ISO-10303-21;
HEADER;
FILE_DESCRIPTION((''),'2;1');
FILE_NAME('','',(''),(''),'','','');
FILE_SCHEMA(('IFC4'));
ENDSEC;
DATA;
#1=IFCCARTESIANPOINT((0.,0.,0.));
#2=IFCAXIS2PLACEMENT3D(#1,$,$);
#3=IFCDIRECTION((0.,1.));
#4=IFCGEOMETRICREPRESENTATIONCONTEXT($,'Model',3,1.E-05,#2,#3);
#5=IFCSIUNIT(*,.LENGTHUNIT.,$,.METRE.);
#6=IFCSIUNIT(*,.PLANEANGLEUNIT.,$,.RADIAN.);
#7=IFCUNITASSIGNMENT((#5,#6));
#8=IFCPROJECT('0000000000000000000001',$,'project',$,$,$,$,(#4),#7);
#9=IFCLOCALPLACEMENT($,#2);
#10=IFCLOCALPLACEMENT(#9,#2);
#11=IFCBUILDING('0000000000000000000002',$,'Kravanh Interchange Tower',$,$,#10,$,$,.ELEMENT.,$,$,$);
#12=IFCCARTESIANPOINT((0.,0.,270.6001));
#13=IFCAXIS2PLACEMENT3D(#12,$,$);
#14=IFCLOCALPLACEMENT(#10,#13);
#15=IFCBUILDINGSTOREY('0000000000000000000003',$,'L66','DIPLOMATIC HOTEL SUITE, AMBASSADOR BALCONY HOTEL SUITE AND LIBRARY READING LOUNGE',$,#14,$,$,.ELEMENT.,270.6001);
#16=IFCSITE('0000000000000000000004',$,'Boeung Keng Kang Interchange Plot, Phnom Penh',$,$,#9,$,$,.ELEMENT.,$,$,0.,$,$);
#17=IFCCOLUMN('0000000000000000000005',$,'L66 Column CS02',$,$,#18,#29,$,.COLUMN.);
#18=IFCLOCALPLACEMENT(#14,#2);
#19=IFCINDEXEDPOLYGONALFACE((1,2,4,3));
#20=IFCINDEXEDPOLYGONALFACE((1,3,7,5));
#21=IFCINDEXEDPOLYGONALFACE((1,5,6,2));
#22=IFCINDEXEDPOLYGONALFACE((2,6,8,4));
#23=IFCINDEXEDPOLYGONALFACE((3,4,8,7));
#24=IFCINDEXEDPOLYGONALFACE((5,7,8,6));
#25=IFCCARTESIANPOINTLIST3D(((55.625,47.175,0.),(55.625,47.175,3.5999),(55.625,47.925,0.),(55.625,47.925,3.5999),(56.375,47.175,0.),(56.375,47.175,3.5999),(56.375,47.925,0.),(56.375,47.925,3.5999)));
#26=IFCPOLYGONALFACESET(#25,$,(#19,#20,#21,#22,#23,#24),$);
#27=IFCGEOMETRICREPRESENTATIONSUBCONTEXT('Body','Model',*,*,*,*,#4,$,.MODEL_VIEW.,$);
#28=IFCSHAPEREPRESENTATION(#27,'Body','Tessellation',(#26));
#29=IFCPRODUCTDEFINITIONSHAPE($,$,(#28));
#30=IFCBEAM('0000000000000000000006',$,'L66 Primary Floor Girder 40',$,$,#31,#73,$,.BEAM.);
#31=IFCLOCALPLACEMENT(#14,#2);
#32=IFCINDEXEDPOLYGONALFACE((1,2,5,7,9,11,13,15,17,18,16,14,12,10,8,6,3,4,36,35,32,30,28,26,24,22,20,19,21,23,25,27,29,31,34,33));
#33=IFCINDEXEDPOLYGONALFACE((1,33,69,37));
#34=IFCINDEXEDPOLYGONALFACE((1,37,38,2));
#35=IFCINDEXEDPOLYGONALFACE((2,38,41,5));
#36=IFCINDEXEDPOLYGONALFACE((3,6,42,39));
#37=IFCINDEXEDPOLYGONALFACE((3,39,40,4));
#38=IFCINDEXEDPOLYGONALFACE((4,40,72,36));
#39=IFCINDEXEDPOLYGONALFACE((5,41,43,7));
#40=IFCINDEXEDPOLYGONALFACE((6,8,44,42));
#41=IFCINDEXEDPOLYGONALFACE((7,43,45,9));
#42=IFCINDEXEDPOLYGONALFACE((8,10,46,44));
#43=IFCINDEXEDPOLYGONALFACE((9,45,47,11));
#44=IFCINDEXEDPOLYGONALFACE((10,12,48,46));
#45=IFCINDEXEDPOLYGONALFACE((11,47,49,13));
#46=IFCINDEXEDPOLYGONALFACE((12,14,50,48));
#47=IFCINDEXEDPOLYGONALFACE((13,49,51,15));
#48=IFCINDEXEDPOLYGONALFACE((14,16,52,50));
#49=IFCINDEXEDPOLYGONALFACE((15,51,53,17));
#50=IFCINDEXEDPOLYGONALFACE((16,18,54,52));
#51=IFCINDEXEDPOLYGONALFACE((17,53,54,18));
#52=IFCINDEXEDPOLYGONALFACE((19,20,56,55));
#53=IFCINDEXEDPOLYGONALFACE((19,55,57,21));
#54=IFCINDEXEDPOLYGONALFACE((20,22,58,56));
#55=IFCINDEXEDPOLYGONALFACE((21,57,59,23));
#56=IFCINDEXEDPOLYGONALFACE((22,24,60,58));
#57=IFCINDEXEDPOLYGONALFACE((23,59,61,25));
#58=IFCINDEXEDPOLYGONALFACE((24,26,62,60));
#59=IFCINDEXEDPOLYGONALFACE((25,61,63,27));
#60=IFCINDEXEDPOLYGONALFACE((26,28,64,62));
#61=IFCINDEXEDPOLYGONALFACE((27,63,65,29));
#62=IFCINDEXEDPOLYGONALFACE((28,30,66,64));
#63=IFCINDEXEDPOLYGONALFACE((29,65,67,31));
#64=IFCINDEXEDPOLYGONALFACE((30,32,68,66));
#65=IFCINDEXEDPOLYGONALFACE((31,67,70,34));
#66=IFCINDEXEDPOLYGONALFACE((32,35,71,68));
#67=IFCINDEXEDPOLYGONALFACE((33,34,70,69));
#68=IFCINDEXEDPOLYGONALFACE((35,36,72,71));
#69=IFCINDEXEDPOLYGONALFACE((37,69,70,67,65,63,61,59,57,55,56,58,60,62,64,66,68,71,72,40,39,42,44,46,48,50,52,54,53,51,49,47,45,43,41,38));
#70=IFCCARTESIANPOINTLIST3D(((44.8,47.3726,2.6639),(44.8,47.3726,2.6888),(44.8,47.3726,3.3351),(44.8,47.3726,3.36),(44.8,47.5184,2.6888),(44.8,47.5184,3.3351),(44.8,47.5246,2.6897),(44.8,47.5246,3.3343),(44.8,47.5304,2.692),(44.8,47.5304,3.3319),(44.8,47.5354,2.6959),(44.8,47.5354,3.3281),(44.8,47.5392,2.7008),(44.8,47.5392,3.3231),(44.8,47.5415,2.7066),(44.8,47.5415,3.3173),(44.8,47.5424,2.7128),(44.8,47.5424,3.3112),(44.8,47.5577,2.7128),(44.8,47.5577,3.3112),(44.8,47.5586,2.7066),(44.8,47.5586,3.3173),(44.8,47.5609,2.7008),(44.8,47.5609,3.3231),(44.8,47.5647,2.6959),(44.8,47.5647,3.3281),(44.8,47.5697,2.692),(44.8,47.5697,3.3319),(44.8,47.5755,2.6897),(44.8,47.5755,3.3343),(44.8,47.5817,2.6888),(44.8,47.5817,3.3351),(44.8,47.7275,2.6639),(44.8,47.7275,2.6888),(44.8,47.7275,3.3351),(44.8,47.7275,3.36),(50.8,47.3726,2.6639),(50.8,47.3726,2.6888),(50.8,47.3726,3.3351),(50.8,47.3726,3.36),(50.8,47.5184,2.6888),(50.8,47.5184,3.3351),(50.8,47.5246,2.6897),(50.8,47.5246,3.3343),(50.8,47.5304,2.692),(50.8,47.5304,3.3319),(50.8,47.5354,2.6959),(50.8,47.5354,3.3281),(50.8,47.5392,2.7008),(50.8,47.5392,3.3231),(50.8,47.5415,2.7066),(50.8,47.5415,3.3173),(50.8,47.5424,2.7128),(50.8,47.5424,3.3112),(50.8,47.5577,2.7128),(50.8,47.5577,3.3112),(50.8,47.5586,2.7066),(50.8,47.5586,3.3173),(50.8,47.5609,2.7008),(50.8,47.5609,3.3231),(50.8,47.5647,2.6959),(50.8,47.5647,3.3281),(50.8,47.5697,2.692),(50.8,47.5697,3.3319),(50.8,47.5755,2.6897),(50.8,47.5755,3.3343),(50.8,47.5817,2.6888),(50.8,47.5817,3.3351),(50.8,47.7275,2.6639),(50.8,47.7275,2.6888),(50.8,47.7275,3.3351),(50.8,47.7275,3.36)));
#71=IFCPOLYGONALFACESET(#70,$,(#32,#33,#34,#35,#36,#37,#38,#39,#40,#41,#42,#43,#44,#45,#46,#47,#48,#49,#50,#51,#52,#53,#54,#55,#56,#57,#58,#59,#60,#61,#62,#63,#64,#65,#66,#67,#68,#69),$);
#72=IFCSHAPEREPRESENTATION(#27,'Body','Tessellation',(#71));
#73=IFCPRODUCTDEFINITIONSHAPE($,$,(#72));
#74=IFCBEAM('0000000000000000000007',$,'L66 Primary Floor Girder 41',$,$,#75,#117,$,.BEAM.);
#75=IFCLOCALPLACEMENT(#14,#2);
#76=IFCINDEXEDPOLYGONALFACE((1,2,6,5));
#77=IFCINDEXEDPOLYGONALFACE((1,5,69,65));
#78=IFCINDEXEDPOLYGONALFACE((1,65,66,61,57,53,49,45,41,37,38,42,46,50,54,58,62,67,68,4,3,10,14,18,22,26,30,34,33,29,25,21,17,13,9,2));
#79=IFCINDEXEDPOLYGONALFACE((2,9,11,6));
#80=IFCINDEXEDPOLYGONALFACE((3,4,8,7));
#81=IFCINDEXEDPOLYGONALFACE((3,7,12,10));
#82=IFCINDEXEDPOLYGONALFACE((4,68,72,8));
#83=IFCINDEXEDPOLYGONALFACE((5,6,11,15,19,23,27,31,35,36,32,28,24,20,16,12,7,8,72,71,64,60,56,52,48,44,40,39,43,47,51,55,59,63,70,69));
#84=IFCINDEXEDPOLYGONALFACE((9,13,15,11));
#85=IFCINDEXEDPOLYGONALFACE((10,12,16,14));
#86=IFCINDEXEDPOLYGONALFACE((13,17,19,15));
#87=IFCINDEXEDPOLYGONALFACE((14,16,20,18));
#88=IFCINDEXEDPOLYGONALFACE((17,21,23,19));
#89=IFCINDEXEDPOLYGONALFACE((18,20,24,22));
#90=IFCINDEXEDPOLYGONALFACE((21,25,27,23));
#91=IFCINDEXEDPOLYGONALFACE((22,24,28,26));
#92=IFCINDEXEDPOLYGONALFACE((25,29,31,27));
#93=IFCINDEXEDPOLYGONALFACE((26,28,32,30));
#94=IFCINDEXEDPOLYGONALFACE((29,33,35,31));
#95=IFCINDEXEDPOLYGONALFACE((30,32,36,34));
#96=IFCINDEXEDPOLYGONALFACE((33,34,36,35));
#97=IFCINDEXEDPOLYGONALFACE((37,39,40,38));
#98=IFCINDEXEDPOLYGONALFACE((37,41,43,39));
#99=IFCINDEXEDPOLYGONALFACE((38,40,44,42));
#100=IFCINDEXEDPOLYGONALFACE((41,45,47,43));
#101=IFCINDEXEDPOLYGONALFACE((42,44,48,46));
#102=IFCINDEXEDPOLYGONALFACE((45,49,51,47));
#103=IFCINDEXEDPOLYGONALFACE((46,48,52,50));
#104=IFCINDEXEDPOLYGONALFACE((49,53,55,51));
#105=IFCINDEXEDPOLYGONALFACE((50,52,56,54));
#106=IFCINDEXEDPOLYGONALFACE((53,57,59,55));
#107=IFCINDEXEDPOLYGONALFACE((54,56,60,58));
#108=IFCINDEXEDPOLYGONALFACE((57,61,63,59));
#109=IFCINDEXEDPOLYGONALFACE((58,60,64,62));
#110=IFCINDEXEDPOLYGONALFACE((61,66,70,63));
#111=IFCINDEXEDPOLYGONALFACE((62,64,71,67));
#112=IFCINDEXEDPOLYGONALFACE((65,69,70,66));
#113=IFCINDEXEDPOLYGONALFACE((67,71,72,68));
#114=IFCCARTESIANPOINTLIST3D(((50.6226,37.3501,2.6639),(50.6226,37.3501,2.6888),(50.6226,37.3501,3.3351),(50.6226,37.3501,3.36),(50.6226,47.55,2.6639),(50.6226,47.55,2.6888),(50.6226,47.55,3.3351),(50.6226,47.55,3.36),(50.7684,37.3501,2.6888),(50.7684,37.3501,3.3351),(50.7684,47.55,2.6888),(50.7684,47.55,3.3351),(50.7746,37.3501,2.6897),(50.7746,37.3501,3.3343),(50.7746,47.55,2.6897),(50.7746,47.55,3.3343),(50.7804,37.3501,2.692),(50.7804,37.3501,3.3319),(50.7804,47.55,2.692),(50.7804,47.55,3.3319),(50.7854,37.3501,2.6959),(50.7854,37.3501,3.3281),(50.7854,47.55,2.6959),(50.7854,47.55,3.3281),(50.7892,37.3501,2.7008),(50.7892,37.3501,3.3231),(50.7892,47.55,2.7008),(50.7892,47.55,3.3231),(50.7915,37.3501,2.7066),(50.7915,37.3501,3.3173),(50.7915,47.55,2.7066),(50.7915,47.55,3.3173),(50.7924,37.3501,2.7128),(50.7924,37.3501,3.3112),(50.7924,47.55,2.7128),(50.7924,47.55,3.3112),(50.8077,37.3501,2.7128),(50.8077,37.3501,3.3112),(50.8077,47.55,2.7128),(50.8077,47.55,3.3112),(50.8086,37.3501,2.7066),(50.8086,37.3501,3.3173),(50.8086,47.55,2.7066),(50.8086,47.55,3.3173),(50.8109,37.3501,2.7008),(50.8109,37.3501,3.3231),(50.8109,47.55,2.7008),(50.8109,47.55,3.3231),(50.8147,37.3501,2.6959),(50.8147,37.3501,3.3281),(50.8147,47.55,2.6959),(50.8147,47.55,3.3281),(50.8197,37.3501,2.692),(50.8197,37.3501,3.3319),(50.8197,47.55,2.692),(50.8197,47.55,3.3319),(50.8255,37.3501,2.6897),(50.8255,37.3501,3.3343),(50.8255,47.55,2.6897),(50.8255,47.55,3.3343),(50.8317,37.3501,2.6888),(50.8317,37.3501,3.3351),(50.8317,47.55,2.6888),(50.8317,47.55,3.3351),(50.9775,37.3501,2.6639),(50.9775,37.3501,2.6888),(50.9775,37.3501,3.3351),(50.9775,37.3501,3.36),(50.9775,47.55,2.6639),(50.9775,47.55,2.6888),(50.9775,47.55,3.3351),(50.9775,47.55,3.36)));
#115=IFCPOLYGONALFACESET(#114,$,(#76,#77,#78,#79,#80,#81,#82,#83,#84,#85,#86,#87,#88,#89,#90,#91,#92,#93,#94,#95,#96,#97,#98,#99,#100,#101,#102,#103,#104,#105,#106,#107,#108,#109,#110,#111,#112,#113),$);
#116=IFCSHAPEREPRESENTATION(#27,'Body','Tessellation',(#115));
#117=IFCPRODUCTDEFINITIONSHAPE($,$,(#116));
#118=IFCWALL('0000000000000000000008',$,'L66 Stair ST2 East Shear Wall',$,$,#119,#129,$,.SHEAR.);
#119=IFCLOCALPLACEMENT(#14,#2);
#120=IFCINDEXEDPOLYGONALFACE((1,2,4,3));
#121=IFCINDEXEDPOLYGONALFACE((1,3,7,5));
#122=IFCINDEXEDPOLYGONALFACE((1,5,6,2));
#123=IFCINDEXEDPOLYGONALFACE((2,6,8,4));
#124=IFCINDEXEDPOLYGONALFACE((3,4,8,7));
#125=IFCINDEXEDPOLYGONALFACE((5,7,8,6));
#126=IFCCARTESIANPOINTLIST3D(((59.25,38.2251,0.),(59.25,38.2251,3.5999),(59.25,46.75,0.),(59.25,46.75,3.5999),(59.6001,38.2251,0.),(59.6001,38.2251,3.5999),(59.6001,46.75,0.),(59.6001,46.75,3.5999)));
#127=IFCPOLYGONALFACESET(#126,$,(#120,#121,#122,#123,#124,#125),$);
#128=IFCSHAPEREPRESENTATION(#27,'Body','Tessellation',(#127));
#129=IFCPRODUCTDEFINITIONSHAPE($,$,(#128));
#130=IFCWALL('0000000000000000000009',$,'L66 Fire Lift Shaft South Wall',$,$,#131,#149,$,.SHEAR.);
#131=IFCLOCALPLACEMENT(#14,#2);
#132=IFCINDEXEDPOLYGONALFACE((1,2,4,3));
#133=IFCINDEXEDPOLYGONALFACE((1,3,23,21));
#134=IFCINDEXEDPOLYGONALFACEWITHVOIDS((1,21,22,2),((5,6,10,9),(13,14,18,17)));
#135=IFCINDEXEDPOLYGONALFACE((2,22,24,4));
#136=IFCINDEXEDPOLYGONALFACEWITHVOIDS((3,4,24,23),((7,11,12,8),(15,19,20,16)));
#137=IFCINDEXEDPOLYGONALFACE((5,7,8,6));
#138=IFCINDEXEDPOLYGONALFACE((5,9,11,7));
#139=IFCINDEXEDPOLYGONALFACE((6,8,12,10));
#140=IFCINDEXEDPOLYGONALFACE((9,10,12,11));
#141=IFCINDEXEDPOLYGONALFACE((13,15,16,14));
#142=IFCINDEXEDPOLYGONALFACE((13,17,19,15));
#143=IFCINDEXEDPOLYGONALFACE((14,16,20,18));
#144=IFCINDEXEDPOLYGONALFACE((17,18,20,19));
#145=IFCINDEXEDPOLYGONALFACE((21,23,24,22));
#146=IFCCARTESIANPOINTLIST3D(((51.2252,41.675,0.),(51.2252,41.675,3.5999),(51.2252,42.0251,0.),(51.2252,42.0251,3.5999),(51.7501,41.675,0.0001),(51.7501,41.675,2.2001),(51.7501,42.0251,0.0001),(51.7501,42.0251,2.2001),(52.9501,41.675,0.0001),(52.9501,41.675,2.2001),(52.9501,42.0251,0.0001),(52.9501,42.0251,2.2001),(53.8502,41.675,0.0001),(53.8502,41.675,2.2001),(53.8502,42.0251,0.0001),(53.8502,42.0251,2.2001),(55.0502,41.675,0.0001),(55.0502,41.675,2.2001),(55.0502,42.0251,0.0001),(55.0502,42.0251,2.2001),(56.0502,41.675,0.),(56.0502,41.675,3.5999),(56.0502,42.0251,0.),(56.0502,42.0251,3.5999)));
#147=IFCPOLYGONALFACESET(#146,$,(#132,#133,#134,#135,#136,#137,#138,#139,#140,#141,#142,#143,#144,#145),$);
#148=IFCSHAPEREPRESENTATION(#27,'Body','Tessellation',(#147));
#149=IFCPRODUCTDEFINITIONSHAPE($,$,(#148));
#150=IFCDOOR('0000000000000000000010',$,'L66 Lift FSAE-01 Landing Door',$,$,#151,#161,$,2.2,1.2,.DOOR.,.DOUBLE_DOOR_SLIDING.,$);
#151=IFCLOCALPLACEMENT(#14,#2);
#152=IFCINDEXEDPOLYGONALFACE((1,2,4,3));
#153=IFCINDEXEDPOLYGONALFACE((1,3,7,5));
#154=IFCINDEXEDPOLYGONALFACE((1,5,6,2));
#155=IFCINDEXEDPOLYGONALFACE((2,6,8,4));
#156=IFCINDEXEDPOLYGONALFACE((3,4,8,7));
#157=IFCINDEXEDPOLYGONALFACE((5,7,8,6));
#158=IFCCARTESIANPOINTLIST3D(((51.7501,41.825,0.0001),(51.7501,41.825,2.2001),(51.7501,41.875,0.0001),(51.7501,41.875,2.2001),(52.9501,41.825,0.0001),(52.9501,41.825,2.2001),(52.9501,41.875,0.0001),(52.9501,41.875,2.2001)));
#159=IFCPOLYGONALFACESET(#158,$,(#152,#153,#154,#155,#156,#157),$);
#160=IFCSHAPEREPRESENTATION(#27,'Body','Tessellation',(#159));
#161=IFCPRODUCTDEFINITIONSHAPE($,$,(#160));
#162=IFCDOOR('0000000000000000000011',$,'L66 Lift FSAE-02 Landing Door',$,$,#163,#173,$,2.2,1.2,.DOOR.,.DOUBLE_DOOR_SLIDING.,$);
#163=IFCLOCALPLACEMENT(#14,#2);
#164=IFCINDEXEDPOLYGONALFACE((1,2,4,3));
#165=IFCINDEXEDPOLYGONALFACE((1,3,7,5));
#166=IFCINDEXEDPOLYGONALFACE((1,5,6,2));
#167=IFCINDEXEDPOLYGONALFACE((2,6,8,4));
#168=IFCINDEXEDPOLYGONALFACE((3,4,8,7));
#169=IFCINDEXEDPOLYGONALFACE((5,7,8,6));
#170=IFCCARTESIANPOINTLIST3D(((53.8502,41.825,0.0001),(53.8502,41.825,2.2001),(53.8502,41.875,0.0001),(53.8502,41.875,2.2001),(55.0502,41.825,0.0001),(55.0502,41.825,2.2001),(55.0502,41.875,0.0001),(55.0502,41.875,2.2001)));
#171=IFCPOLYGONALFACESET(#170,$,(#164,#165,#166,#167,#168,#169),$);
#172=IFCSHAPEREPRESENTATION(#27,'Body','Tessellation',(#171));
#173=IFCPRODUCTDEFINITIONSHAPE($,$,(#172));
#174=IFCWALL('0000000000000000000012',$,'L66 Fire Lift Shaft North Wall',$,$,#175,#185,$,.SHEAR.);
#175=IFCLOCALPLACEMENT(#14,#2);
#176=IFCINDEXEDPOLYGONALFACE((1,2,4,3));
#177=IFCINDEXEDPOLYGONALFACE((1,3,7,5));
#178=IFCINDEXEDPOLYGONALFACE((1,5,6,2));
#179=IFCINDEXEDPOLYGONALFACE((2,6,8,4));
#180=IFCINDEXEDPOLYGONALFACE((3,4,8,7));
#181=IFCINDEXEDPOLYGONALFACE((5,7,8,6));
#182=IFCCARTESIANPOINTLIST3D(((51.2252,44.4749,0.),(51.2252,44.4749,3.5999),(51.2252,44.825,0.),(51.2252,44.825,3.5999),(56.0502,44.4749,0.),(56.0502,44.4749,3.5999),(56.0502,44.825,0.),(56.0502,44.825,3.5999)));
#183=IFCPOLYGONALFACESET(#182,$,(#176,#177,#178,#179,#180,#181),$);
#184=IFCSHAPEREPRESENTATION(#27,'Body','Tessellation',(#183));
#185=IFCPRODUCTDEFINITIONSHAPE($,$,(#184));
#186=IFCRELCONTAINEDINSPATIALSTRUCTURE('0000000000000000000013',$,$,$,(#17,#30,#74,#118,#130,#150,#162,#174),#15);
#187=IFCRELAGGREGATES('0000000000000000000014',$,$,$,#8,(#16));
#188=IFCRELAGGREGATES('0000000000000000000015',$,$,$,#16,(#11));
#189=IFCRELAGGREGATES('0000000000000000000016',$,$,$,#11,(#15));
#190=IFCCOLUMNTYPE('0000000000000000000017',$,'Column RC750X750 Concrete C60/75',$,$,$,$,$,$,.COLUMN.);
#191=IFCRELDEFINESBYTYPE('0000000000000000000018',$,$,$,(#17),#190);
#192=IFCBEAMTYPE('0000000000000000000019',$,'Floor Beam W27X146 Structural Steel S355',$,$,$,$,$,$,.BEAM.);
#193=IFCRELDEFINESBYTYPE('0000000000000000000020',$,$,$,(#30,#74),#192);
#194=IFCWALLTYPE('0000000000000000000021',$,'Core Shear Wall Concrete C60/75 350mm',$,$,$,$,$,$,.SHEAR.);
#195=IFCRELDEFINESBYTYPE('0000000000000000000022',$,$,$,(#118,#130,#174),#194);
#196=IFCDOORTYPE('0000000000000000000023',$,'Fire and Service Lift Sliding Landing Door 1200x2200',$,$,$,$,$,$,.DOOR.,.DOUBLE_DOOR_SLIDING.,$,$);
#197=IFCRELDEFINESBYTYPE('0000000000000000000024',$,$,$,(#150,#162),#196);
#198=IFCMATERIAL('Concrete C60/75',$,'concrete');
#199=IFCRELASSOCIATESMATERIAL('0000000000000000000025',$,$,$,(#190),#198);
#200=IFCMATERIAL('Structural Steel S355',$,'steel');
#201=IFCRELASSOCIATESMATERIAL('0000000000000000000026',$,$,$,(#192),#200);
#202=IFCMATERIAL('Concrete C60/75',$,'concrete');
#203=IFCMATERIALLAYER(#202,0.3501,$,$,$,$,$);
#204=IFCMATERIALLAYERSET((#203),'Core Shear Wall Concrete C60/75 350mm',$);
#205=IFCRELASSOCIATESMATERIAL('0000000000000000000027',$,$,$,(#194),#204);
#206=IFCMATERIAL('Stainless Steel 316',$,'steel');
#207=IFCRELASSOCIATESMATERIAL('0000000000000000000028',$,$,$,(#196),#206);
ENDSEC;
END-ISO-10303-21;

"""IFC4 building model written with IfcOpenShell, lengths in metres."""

from ifc_helpers import new_model, si_unit, direction, frame, frame_2d, origin, origin_2d, place, context, subcontext, project, spatial, rectangle, i_section, extrude, material, layer, layer_set, material_profile, profile_set, type_object, element, fill, save


model = new_model("IFC4")

# Units and contexts
model_context = context("Model", 3, precision=1e-05, world=origin(), true_north=direction((0.0, 1.0)))
body_context = subcontext(model_context, "Body", "Model", "MODEL_VIEW")
ifc_project = project(units=[si_unit("LENGTHUNIT", "METRE"), si_unit("PLANEANGLEUNIT", "RADIAN")], contexts=[model_context])

# Site, building, storey
site_placement = place(None, origin())
site = spatial("IfcSite", under=ifc_project, at=site_placement, Name="Boeung Keng Kang Interchange Plot, Phnom Penh", CompositionType="ELEMENT", RefElevation=0.0)
building_placement = place(site_placement, origin())
building = spatial("IfcBuilding", under=site, at=building_placement, Name="Kravanh Interchange Tower", CompositionType="ELEMENT")
storey_placement = place(building_placement, frame((0.0, 0.0, 270.6001)))
storey = spatial("IfcBuildingStorey", under=building, at=storey_placement, Name="L66", Description="DIPLOMATIC HOTEL SUITE, AMBASSADOR BALCONY HOTEL SUITE AND LIBRARY READING LOUNGE", CompositionType="ELEMENT", Elevation=270.6001)

# Column
ifc_material_1 = material(Name="Concrete C60/75", Category="concrete")
ifc_material_profile_1 = material_profile(ifc_material_1, rectangle(XDim=0.75, YDim=0.75, at=origin_2d()), Name="RC750X750")
ifc_profile_set_1 = profile_set([ifc_material_profile_1], Name="Concrete C60/75")
column_type = type_object("IfcColumnType", Name="Column RC750X750 Concrete C60/75", PredefinedType="COLUMN", material=ifc_profile_set_1)
column_placement = place(storey_placement, frame((56.0, 47.55, 0.0), z_axis=(0.0, 0.0, 1.0), x_axis=(1.0, 0.0, 0.0)))
element("IfcColumn", 1, at=column_placement, inside=storey, type_object=column_type, Name="L66 Column CS02", PredefinedType="COLUMN", context=body_context, shape_type="SweptSolid", body=[
    extrude(rectangle(XDim=0.75, YDim=0.75, at=origin_2d()), origin(), (0.0, 0.0, 1.0), 3.5999),
])

# Beams
ifc_material_2 = material(Name="Structural Steel S355", Category="steel")
ifc_material_profile_2 = material_profile(ifc_material_2, i_section(OverallWidth=0.355, OverallDepth=0.696, WebThickness=0.0154, FlangeThickness=0.0249, FilletRadius=0.0239, at=origin_2d()), Name="W27X146")
ifc_profile_set_2 = profile_set([ifc_material_profile_2], Name="Structural Steel S355")
beam_type = type_object("IfcBeamType", Name="Floor Beam W27X146 Structural Steel S355", PredefinedType="BEAM", material=ifc_profile_set_2)
beam_1_placement = place(storey_placement, frame((50.8, 47.55, 3.012), z_axis=(-1.0, 0.0, 0.0), x_axis=(0.0, -1.0, 0.0)))
element("IfcBeam", 2, at=beam_1_placement, inside=storey, type_object=beam_type, Name="L66 Primary Floor Girder 40", PredefinedType="BEAM", context=body_context, shape_type="SweptSolid", body=[
    extrude(i_section(OverallWidth=0.355, OverallDepth=0.696, WebThickness=0.0154, FlangeThickness=0.0249, FilletRadius=0.0239, at=origin_2d()), origin(), (0.0, 0.0, 1.0), 6.0),
])
beam_2_placement = place(storey_placement, frame((50.8, 47.55, 3.012), z_axis=(0.0, -1.0, 0.0), x_axis=(1.0, 0.0, 0.0)))
element("IfcBeam", 3, at=beam_2_placement, inside=storey, type_object=beam_type, Name="L66 Primary Floor Girder 41", PredefinedType="BEAM", context=body_context, shape_type="SweptSolid", body=[
    extrude(i_section(OverallWidth=0.355, OverallDepth=0.696, WebThickness=0.0154, FlangeThickness=0.0249, FilletRadius=0.0239, at=origin_2d()), origin(), (0.0, 0.0, 1.0), 10.2),
])

# Wall
ifc_material_3 = material(Name="Concrete C60/75", Category="concrete")
ifc_layer_1 = layer(ifc_material_3, 0.3501)
ifc_layer_set_1 = layer_set([ifc_layer_1], Name="Core Shear Wall Concrete C60/75 350mm")
wall_type = type_object("IfcWallType", Name="Core Shear Wall Concrete C60/75 350mm", PredefinedType="SHEAR", material=ifc_layer_set_1)
wall_1_placement = place(storey_placement, frame((59.425, 38.2251, 0.0), z_axis=(0.0, 0.0, 1.0), x_axis=(0.0, 1.0, 0.0)))
element("IfcWall", 4, at=wall_1_placement, inside=storey, type_object=wall_type, Name="L66 Stair ST2 East Shear Wall", PredefinedType="SHEAR", context=body_context, shape_type="SweptSolid", body=[
    extrude(rectangle(XDim=8.5249, YDim=0.3501, at=frame_2d((4.2625, 0.0))), origin(), (0.0, 0.0, 1.0), 3.5999),
])

# Wall, openings, doors
wall_2_placement = place(storey_placement, frame((51.2251, 41.8501, 0.0), z_axis=(0.0, 0.0, 1.0), x_axis=(1.0, 0.0, 0.0)))
wall_2 = element("IfcWall", 5, at=wall_2_placement, inside=storey, type_object=wall_type, Name="L66 Fire Lift Shaft South Wall", PredefinedType="SHEAR", context=body_context, shape_type="SweptSolid", body=[
    extrude(rectangle(XDim=4.825, YDim=0.3501, at=frame_2d((2.4126, 0.0))), origin(), (0.0, 0.0, 1.0), 3.5999),
])
opening_1_placement = place(wall_2_placement, frame((0.5249, 0.0, 0.0)))
opening_1 = element("IfcOpeningElement", 6, at=opening_1_placement, cuts=wall_2, PredefinedType="OPENING", context=body_context, shape_type="SweptSolid", body=[
    extrude(rectangle(XDim=1.2, YDim=2.2, at=frame_2d((0.6001, 1.1001))), frame((0.0, 0.1851, 0.0), z_axis=(0.0, -1.0, 0.0), x_axis=(1.0, 0.0, 0.0)), (0.0, 0.0, 1.0), 0.3701),
])
opening_2_placement = place(wall_2_placement, frame((2.625, 0.0, 0.0)))
opening_2 = element("IfcOpeningElement", 7, at=opening_2_placement, cuts=wall_2, PredefinedType="OPENING", context=body_context, shape_type="SweptSolid", body=[
    extrude(rectangle(XDim=1.2, YDim=2.2, at=frame_2d((0.6001, 1.1001))), frame((0.0, 0.1851, 0.0), z_axis=(0.0, -1.0, 0.0), x_axis=(1.0, 0.0, 0.0)), (0.0, 0.0, 1.0), 0.3701),
])
ifc_material_4 = material(Name="Stainless Steel 316", Category="steel")
door_type = type_object("IfcDoorType", Name="Fire and Service Lift Sliding Landing Door 1200x2200", OperationType="DOUBLE_DOOR_SLIDING", PredefinedType="DOOR", material=ifc_material_4)
door_1_placement = place(opening_1_placement, origin())
door_1 = element("IfcDoor", 8, at=door_1_placement, inside=storey, type_object=door_type, Name="L66 Lift FSAE-01 Landing Door", OperationType="DOUBLE_DOOR_SLIDING", OverallHeight=2.2, OverallWidth=1.2, PredefinedType="DOOR", context=body_context, shape_type="SweptSolid", body=[
    extrude(rectangle(XDim=1.2, YDim=2.2, at=frame_2d((0.6001, 1.1001))), frame((0.0, 0.0249, 0.0), z_axis=(0.0, -1.0, 0.0), x_axis=(1.0, 0.0, 0.0)), (0.0, 0.0, 1.0), 0.05),
])
fill(opening_1, door_1)
door_2_placement = place(opening_2_placement, origin())
door_2 = element("IfcDoor", 9, at=door_2_placement, inside=storey, type_object=door_type, Name="L66 Lift FSAE-02 Landing Door", OperationType="DOUBLE_DOOR_SLIDING", OverallHeight=2.2, OverallWidth=1.2, PredefinedType="DOOR", context=body_context, shape_type="SweptSolid", body=[
    extrude(rectangle(XDim=1.2, YDim=2.2, at=frame_2d((0.6001, 1.1001))), frame((0.0, 0.0249, 0.0), z_axis=(0.0, -1.0, 0.0), x_axis=(1.0, 0.0, 0.0)), (0.0, 0.0, 1.0), 0.05),
])
fill(opening_2, door_2)

# Wall
wall_3_placement = place(storey_placement, frame((51.2251, 44.6499, 0.0), z_axis=(0.0, 0.0, 1.0), x_axis=(1.0, 0.0, 0.0)))
element("IfcWall", 10, at=wall_3_placement, inside=storey, type_object=wall_type, Name="L66 Fire Lift Shaft North Wall", PredefinedType="SHEAR", context=body_context, shape_type="SweptSolid", body=[
    extrude(rectangle(XDim=4.825, YDim=0.3501, at=frame_2d((2.4126, 0.0))), origin(), (0.0, 0.0, 1.0), 3.5999),
])

save(model, "model.ifc")
